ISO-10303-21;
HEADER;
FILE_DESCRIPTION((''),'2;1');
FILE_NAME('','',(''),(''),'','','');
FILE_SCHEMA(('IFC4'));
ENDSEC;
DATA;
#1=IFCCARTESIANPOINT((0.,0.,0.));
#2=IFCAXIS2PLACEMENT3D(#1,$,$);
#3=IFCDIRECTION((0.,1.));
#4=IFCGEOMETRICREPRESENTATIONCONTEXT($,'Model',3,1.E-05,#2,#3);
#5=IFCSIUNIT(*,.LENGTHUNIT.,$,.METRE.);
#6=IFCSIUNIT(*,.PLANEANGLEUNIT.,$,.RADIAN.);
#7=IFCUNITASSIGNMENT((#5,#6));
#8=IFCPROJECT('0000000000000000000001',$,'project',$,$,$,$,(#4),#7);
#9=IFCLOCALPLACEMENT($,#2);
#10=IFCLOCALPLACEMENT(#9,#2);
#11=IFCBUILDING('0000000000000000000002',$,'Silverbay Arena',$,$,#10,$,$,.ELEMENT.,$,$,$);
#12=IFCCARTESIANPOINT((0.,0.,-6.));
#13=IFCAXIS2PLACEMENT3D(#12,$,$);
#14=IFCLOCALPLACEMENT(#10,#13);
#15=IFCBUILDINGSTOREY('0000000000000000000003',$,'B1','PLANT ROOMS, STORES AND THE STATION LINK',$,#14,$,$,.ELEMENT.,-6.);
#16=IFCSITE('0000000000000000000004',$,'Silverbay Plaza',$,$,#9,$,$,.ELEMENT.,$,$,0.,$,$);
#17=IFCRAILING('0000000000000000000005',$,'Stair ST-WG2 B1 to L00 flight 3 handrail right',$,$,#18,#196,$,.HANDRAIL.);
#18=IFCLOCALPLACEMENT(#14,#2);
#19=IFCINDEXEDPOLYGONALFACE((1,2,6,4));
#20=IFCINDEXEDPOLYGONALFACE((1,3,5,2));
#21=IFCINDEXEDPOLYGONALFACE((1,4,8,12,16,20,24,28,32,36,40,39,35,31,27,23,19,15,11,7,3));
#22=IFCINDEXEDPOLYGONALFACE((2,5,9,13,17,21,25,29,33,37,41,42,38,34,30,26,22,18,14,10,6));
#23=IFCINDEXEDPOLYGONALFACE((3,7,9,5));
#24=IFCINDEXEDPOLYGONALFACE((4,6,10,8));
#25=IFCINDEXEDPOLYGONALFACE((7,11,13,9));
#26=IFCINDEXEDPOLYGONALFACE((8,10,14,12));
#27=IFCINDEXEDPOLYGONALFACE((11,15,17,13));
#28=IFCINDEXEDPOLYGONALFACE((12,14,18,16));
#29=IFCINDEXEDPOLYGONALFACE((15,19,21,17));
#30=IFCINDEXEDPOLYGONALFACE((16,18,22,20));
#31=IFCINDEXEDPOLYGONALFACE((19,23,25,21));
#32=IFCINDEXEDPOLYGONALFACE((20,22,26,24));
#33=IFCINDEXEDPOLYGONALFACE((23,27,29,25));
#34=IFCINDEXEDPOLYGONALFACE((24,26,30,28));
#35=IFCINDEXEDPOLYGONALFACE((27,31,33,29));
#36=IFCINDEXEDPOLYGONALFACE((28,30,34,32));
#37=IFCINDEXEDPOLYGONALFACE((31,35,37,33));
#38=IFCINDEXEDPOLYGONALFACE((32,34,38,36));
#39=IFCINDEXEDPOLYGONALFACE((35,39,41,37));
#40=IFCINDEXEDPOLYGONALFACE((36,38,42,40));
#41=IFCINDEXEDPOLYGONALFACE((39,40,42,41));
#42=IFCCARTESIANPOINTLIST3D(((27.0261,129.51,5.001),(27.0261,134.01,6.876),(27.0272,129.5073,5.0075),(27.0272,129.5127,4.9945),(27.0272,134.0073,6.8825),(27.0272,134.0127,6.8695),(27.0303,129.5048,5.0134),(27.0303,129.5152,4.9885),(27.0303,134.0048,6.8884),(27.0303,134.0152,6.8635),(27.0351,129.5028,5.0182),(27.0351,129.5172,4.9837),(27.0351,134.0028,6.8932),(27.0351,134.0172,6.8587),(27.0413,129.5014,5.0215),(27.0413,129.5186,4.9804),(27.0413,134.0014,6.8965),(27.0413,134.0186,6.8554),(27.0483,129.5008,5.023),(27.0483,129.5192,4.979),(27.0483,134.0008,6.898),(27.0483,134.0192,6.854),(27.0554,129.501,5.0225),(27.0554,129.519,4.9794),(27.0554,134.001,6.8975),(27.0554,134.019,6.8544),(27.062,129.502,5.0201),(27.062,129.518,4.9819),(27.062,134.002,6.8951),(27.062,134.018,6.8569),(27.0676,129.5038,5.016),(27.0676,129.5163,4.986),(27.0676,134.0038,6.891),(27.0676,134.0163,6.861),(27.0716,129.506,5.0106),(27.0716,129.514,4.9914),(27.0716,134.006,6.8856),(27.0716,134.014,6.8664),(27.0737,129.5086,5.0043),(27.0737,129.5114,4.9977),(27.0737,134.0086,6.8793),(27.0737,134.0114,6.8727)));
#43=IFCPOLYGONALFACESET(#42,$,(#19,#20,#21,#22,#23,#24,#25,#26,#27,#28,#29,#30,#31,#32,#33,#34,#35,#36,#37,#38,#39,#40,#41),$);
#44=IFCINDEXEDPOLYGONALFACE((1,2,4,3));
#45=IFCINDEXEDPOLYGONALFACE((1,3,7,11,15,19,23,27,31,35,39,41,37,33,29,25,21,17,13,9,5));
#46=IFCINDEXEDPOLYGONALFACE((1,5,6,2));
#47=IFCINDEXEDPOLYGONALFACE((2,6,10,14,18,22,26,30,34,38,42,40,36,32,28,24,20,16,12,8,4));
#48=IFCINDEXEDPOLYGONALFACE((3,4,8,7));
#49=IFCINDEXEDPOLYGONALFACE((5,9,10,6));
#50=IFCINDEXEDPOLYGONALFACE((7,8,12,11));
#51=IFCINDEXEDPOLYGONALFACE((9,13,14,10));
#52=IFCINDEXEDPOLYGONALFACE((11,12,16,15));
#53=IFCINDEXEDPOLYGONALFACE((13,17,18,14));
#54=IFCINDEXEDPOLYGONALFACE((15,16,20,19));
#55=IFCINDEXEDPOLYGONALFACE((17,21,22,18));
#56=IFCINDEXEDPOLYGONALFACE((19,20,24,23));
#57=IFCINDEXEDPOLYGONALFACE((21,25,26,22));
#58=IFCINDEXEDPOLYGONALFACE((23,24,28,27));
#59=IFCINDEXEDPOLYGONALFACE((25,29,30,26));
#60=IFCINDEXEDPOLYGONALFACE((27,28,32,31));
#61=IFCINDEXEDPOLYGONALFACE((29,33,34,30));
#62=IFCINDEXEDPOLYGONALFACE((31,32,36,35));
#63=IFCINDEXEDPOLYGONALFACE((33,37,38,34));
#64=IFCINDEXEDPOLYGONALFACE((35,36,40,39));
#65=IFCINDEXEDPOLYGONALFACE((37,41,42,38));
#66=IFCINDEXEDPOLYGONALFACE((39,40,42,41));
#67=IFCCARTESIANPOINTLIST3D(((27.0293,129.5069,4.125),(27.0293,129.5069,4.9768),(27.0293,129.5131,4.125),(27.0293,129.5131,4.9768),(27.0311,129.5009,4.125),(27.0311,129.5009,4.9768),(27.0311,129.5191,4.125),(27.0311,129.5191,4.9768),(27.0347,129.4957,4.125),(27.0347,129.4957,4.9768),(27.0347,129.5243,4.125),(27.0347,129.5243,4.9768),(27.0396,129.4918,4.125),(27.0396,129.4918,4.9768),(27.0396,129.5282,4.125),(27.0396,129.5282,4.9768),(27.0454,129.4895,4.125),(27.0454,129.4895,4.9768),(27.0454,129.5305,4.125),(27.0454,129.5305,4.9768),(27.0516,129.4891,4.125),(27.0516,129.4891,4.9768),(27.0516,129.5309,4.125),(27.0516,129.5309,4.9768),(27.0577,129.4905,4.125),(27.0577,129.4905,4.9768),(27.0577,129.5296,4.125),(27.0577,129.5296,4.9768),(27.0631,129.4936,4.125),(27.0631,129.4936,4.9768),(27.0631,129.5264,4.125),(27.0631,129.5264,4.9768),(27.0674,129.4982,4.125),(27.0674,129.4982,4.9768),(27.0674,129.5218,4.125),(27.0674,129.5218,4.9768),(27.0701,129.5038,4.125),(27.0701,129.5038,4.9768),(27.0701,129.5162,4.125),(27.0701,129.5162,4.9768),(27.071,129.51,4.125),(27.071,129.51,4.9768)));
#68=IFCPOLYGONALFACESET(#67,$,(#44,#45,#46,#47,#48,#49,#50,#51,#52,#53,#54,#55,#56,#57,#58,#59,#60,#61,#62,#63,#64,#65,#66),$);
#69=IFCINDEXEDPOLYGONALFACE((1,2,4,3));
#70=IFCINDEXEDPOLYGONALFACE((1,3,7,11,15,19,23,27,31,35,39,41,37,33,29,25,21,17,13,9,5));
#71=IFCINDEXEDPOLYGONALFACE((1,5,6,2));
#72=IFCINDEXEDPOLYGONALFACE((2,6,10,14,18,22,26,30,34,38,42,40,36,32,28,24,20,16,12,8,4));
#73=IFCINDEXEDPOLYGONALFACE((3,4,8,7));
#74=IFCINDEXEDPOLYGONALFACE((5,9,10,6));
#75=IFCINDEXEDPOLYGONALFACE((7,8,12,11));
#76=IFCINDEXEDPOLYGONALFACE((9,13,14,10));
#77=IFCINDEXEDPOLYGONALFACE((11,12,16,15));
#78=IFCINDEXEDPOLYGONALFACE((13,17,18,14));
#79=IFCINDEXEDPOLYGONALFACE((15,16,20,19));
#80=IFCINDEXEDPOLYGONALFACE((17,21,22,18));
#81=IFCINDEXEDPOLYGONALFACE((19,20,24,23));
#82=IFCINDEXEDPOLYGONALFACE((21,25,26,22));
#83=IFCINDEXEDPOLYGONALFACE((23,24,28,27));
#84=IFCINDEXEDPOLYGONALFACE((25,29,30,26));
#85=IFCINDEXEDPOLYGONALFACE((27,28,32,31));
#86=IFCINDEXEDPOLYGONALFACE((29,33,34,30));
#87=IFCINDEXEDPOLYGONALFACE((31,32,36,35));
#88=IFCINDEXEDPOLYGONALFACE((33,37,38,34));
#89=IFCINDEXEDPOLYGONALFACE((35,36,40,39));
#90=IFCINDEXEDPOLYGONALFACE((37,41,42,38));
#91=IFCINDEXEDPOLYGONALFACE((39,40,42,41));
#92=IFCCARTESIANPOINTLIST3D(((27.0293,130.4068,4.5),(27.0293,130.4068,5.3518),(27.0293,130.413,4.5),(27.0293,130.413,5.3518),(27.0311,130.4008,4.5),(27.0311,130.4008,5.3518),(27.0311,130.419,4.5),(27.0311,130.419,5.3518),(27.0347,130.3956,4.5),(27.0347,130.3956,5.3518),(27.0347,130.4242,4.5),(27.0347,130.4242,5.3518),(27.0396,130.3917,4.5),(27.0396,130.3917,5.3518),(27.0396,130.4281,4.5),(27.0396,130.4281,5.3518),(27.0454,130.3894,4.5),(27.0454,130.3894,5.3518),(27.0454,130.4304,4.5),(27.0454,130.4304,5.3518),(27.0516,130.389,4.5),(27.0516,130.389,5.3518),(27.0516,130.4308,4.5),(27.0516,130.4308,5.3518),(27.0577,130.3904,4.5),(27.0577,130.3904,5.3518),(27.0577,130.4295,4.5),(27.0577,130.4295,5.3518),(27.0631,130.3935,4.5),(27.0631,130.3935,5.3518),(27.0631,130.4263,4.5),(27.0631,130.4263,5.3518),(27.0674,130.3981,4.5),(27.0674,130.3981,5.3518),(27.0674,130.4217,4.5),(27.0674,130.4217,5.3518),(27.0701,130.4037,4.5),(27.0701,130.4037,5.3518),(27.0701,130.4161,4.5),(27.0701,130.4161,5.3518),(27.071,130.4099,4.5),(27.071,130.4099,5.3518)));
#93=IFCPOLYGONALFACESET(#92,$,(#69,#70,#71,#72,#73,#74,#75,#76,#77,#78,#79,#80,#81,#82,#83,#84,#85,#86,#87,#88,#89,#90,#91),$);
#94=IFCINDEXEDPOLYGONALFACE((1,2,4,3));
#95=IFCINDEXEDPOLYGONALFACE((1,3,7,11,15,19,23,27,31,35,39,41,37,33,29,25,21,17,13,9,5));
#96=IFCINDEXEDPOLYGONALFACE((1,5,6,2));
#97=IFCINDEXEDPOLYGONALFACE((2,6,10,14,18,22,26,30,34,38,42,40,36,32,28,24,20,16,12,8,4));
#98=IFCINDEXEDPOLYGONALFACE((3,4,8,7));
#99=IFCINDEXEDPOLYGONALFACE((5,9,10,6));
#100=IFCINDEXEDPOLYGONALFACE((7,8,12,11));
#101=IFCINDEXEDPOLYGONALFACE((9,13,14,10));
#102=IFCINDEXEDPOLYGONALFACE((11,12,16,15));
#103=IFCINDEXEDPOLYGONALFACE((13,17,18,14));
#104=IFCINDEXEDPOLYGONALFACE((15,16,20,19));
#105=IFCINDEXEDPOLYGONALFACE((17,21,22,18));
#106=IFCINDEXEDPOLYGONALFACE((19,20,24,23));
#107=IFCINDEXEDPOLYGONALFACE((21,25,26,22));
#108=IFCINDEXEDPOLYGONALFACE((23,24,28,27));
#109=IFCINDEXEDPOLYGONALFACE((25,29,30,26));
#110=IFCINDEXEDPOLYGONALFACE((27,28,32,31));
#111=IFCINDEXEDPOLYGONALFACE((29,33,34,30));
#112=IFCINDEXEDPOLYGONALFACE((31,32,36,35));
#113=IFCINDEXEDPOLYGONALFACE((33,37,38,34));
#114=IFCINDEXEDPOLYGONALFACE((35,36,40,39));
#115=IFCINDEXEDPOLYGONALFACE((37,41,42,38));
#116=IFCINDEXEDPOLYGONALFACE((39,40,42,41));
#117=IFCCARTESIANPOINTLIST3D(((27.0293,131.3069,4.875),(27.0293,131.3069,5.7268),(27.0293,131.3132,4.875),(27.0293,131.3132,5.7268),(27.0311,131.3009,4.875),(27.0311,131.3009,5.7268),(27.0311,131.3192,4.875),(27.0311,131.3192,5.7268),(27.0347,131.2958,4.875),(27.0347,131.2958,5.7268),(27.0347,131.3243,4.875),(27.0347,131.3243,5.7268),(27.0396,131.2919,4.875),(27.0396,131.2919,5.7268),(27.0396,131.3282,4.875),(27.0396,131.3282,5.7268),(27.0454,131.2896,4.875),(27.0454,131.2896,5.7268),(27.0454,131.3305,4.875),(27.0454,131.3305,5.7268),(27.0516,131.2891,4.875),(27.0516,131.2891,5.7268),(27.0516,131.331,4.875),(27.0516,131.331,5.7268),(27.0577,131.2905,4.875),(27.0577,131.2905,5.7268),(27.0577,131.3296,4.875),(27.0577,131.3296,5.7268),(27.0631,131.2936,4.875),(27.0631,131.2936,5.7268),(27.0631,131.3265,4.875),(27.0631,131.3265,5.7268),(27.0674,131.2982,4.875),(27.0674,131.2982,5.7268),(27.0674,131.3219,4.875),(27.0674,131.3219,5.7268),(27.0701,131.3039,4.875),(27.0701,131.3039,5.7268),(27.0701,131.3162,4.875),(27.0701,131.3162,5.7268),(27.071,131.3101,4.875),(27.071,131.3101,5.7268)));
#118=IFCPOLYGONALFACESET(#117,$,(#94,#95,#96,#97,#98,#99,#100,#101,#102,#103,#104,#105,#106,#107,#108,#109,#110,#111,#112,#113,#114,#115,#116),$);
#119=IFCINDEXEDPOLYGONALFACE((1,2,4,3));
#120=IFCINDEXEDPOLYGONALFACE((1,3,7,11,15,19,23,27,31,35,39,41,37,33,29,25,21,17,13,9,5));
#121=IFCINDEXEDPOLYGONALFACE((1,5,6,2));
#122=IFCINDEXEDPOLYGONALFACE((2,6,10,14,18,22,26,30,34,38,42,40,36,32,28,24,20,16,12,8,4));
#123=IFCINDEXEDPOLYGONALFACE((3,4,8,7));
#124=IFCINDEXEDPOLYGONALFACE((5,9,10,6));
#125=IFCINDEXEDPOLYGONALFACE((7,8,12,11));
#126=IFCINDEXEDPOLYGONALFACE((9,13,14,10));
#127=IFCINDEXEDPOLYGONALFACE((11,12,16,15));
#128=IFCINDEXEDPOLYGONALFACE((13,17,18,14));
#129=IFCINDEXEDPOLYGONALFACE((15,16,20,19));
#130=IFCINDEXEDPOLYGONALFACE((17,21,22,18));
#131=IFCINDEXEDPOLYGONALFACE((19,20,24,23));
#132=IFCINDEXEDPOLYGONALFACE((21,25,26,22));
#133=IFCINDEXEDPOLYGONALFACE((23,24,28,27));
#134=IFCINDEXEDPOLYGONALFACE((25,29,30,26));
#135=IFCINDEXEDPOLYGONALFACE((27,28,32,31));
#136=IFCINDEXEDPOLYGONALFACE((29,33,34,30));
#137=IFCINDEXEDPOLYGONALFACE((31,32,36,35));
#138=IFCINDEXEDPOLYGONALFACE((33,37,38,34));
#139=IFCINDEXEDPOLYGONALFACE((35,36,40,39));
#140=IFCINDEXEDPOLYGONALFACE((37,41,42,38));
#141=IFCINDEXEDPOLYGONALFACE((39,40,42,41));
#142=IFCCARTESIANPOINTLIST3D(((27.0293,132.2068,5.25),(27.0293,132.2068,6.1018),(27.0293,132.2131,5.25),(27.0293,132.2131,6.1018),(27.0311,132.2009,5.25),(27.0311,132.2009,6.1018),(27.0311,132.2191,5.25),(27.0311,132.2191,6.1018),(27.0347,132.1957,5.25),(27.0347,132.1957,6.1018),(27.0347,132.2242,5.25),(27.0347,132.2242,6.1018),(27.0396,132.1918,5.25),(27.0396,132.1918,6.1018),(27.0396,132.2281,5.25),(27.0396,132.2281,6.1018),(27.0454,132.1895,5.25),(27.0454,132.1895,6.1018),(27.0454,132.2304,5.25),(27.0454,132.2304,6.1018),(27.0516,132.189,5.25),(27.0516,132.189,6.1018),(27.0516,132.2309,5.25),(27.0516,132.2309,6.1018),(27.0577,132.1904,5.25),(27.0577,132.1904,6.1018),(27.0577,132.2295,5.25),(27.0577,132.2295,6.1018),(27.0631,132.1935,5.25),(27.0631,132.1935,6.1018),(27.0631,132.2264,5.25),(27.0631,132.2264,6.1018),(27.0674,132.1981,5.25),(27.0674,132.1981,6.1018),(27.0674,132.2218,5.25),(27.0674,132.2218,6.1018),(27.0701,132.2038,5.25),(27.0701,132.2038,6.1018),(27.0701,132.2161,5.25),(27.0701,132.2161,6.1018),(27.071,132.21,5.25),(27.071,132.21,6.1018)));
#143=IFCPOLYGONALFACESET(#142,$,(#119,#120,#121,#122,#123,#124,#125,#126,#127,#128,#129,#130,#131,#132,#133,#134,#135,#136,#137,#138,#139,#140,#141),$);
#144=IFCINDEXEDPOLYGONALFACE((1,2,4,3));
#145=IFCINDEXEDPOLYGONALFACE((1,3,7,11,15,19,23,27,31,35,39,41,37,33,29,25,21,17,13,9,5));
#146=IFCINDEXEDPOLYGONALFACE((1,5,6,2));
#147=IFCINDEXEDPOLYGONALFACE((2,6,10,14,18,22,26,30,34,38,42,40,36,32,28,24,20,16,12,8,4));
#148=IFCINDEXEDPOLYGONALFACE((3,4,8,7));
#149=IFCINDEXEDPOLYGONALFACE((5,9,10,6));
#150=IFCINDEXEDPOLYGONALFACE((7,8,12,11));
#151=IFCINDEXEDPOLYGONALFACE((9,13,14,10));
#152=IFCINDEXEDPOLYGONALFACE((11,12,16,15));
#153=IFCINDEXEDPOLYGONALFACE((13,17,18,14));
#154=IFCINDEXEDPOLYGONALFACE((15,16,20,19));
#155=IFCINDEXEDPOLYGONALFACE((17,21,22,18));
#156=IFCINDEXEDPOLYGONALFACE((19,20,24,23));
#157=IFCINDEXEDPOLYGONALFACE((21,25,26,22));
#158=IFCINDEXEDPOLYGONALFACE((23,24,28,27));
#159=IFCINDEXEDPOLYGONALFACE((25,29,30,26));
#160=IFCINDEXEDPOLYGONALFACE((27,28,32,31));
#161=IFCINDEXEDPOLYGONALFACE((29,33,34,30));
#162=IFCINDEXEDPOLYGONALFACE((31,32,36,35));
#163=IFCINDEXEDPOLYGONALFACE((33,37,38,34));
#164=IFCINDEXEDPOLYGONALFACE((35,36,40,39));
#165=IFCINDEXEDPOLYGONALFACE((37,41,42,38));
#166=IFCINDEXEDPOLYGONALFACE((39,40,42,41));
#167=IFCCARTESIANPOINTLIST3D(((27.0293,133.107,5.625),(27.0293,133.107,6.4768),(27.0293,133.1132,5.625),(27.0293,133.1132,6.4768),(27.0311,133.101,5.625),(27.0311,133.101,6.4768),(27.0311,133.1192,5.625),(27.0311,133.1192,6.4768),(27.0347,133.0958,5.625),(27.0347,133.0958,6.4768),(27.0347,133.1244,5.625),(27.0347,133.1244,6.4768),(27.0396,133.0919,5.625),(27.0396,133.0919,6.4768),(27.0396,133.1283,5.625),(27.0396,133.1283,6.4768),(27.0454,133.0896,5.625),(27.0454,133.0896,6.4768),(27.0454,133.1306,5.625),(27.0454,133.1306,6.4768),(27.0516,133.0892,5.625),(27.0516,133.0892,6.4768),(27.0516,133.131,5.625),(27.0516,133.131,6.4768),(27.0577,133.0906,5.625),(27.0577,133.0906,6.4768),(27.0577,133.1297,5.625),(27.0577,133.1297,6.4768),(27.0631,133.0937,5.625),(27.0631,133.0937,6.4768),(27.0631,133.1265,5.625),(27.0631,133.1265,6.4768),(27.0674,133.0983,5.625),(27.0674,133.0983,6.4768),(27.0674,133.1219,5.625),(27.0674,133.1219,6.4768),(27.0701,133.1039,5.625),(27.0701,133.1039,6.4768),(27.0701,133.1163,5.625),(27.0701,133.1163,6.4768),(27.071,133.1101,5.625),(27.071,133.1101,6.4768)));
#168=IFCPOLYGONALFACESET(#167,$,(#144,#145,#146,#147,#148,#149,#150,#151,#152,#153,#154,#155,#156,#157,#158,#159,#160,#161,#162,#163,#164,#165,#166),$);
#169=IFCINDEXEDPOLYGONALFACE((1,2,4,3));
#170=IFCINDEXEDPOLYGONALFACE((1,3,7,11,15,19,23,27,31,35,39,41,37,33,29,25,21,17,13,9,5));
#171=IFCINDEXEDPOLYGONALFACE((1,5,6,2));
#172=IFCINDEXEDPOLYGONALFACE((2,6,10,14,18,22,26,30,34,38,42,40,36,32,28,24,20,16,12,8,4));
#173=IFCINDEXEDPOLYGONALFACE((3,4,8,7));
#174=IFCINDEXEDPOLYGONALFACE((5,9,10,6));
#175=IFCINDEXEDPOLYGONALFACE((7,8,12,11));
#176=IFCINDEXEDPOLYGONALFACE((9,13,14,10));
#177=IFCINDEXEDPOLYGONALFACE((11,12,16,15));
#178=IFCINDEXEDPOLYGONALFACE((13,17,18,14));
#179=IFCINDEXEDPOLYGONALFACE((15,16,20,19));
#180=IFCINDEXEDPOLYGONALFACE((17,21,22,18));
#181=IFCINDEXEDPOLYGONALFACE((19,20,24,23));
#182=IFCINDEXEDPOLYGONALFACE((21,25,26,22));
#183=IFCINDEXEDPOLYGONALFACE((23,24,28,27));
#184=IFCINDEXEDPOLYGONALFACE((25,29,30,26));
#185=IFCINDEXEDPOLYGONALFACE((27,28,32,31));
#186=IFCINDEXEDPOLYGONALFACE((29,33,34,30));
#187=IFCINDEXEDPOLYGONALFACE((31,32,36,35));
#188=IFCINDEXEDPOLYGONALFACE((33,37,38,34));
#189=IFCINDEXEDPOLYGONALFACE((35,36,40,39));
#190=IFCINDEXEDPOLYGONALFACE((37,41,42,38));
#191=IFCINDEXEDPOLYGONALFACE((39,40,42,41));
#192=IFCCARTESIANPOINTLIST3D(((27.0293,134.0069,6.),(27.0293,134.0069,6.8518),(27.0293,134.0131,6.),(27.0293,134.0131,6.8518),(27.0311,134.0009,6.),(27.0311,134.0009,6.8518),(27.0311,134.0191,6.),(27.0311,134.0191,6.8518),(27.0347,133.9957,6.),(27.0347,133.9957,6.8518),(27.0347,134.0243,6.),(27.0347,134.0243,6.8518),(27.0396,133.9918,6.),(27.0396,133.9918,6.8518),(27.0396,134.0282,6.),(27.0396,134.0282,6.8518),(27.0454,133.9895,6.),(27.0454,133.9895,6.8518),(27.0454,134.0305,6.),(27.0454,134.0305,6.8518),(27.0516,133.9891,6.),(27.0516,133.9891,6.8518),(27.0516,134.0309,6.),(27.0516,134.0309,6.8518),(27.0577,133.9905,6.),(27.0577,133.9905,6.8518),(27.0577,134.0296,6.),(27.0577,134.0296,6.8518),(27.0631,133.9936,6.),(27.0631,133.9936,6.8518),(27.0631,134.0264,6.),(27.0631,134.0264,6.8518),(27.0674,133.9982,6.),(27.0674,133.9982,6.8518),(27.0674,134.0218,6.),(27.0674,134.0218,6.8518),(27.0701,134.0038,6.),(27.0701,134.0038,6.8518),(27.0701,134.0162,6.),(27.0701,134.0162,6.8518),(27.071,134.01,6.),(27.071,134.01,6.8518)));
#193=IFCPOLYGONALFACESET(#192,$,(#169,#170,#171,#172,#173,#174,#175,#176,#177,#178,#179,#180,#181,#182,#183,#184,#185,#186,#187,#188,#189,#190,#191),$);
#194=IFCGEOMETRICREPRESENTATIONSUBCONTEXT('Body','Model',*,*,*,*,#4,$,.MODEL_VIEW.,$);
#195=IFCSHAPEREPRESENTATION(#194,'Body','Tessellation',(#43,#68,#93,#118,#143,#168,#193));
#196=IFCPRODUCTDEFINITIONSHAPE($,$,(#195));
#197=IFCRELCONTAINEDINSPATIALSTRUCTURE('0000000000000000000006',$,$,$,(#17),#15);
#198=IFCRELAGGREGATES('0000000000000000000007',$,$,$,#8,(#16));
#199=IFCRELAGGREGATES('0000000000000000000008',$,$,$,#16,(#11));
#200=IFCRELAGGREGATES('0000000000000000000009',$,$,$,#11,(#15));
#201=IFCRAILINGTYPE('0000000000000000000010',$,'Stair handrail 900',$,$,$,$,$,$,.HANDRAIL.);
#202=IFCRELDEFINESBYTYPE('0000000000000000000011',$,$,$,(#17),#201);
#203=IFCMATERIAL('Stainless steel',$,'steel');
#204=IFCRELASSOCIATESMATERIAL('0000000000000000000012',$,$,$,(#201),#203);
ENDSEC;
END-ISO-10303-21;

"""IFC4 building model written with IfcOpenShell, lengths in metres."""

from ifc_helpers import new_model, si_unit, direction, frame, origin, origin_2d, place, context, subcontext, project, spatial, circle, extrude, material, type_object, element, save


model = new_model("IFC4")

# Units and contexts
model_context = context("Model", 3, precision=1e-05, world=origin(), true_north=direction((0.0, 1.0)))
body_context = subcontext(model_context, "Body", "Model", "MODEL_VIEW")
ifc_project = project(units=[si_unit("LENGTHUNIT", "METRE"), si_unit("PLANEANGLEUNIT", "RADIAN")], contexts=[model_context])

# Site, building, storey
site_placement = place(None, origin())
site = spatial("IfcSite", under=ifc_project, at=site_placement, Name="Silverbay Plaza", CompositionType="ELEMENT", RefElevation=0.0)
building_placement = place(site_placement, origin())
building = spatial("IfcBuilding", under=site, at=building_placement, Name="Silverbay Arena", CompositionType="ELEMENT")
storey_placement = place(building_placement, frame((0.0, 0.0, -6.0)))
storey = spatial("IfcBuildingStorey", under=building, at=storey_placement, Name="B1", Description="PLANT ROOMS, STORES AND THE STATION LINK", CompositionType="ELEMENT", Elevation=-6.0)

# Railing
ifc_material_1 = material(Name="Stainless steel", Category="steel")
railing_type_1 = type_object("IfcRailingType", Name="Stair handrail 900", PredefinedType="HANDRAIL", material=ifc_material_1)
for number, where, name in (
    (1, (27.05, 129.51, 4.125), "Stair ST-WG2 B1 to L00 flight 3 handrail right"),
):
    element("IfcRailing", number, at=place(storey_placement, frame(where)), inside=storey, type_object=railing_type_1, Name=name, PredefinedType="HANDRAIL", context=body_context, shape_type="SweptSolid", body=[
        extrude(circle(Radius=0.0239, at=origin_2d()), frame((0.0, 0.0, 0.876), z_axis=(0.0, 0.923077, 0.384615), x_axis=(-1.0, 0.0, 0.0)), (0.0, 0.0, 1.0), 4.875),
        extrude(circle(Radius=0.021, at=origin_2d()), origin(), (0.0, 0.0, 1.0), 0.8518),
        extrude(circle(Radius=0.021, at=origin_2d()), frame((0.0, 0.8999, 0.375)), (0.0, 0.0, 1.0), 0.8518),
        extrude(circle(Radius=0.021, at=origin_2d()), frame((0.0, 1.8, 0.75)), (0.0, 0.0, 1.0), 0.8518),
        extrude(circle(Radius=0.021, at=origin_2d()), frame((0.0, 2.7, 1.125)), (0.0, 0.0, 1.0), 0.8518),
        extrude(circle(Radius=0.021, at=origin_2d()), frame((0.0, 3.6001, 1.5)), (0.0, 0.0, 1.0), 0.8518),
        extrude(circle(Radius=0.021, at=origin_2d()), frame((0.0, 4.5, 1.875)), (0.0, 0.0, 1.0), 0.8518),
    ])

save(model, "model.ifc")
